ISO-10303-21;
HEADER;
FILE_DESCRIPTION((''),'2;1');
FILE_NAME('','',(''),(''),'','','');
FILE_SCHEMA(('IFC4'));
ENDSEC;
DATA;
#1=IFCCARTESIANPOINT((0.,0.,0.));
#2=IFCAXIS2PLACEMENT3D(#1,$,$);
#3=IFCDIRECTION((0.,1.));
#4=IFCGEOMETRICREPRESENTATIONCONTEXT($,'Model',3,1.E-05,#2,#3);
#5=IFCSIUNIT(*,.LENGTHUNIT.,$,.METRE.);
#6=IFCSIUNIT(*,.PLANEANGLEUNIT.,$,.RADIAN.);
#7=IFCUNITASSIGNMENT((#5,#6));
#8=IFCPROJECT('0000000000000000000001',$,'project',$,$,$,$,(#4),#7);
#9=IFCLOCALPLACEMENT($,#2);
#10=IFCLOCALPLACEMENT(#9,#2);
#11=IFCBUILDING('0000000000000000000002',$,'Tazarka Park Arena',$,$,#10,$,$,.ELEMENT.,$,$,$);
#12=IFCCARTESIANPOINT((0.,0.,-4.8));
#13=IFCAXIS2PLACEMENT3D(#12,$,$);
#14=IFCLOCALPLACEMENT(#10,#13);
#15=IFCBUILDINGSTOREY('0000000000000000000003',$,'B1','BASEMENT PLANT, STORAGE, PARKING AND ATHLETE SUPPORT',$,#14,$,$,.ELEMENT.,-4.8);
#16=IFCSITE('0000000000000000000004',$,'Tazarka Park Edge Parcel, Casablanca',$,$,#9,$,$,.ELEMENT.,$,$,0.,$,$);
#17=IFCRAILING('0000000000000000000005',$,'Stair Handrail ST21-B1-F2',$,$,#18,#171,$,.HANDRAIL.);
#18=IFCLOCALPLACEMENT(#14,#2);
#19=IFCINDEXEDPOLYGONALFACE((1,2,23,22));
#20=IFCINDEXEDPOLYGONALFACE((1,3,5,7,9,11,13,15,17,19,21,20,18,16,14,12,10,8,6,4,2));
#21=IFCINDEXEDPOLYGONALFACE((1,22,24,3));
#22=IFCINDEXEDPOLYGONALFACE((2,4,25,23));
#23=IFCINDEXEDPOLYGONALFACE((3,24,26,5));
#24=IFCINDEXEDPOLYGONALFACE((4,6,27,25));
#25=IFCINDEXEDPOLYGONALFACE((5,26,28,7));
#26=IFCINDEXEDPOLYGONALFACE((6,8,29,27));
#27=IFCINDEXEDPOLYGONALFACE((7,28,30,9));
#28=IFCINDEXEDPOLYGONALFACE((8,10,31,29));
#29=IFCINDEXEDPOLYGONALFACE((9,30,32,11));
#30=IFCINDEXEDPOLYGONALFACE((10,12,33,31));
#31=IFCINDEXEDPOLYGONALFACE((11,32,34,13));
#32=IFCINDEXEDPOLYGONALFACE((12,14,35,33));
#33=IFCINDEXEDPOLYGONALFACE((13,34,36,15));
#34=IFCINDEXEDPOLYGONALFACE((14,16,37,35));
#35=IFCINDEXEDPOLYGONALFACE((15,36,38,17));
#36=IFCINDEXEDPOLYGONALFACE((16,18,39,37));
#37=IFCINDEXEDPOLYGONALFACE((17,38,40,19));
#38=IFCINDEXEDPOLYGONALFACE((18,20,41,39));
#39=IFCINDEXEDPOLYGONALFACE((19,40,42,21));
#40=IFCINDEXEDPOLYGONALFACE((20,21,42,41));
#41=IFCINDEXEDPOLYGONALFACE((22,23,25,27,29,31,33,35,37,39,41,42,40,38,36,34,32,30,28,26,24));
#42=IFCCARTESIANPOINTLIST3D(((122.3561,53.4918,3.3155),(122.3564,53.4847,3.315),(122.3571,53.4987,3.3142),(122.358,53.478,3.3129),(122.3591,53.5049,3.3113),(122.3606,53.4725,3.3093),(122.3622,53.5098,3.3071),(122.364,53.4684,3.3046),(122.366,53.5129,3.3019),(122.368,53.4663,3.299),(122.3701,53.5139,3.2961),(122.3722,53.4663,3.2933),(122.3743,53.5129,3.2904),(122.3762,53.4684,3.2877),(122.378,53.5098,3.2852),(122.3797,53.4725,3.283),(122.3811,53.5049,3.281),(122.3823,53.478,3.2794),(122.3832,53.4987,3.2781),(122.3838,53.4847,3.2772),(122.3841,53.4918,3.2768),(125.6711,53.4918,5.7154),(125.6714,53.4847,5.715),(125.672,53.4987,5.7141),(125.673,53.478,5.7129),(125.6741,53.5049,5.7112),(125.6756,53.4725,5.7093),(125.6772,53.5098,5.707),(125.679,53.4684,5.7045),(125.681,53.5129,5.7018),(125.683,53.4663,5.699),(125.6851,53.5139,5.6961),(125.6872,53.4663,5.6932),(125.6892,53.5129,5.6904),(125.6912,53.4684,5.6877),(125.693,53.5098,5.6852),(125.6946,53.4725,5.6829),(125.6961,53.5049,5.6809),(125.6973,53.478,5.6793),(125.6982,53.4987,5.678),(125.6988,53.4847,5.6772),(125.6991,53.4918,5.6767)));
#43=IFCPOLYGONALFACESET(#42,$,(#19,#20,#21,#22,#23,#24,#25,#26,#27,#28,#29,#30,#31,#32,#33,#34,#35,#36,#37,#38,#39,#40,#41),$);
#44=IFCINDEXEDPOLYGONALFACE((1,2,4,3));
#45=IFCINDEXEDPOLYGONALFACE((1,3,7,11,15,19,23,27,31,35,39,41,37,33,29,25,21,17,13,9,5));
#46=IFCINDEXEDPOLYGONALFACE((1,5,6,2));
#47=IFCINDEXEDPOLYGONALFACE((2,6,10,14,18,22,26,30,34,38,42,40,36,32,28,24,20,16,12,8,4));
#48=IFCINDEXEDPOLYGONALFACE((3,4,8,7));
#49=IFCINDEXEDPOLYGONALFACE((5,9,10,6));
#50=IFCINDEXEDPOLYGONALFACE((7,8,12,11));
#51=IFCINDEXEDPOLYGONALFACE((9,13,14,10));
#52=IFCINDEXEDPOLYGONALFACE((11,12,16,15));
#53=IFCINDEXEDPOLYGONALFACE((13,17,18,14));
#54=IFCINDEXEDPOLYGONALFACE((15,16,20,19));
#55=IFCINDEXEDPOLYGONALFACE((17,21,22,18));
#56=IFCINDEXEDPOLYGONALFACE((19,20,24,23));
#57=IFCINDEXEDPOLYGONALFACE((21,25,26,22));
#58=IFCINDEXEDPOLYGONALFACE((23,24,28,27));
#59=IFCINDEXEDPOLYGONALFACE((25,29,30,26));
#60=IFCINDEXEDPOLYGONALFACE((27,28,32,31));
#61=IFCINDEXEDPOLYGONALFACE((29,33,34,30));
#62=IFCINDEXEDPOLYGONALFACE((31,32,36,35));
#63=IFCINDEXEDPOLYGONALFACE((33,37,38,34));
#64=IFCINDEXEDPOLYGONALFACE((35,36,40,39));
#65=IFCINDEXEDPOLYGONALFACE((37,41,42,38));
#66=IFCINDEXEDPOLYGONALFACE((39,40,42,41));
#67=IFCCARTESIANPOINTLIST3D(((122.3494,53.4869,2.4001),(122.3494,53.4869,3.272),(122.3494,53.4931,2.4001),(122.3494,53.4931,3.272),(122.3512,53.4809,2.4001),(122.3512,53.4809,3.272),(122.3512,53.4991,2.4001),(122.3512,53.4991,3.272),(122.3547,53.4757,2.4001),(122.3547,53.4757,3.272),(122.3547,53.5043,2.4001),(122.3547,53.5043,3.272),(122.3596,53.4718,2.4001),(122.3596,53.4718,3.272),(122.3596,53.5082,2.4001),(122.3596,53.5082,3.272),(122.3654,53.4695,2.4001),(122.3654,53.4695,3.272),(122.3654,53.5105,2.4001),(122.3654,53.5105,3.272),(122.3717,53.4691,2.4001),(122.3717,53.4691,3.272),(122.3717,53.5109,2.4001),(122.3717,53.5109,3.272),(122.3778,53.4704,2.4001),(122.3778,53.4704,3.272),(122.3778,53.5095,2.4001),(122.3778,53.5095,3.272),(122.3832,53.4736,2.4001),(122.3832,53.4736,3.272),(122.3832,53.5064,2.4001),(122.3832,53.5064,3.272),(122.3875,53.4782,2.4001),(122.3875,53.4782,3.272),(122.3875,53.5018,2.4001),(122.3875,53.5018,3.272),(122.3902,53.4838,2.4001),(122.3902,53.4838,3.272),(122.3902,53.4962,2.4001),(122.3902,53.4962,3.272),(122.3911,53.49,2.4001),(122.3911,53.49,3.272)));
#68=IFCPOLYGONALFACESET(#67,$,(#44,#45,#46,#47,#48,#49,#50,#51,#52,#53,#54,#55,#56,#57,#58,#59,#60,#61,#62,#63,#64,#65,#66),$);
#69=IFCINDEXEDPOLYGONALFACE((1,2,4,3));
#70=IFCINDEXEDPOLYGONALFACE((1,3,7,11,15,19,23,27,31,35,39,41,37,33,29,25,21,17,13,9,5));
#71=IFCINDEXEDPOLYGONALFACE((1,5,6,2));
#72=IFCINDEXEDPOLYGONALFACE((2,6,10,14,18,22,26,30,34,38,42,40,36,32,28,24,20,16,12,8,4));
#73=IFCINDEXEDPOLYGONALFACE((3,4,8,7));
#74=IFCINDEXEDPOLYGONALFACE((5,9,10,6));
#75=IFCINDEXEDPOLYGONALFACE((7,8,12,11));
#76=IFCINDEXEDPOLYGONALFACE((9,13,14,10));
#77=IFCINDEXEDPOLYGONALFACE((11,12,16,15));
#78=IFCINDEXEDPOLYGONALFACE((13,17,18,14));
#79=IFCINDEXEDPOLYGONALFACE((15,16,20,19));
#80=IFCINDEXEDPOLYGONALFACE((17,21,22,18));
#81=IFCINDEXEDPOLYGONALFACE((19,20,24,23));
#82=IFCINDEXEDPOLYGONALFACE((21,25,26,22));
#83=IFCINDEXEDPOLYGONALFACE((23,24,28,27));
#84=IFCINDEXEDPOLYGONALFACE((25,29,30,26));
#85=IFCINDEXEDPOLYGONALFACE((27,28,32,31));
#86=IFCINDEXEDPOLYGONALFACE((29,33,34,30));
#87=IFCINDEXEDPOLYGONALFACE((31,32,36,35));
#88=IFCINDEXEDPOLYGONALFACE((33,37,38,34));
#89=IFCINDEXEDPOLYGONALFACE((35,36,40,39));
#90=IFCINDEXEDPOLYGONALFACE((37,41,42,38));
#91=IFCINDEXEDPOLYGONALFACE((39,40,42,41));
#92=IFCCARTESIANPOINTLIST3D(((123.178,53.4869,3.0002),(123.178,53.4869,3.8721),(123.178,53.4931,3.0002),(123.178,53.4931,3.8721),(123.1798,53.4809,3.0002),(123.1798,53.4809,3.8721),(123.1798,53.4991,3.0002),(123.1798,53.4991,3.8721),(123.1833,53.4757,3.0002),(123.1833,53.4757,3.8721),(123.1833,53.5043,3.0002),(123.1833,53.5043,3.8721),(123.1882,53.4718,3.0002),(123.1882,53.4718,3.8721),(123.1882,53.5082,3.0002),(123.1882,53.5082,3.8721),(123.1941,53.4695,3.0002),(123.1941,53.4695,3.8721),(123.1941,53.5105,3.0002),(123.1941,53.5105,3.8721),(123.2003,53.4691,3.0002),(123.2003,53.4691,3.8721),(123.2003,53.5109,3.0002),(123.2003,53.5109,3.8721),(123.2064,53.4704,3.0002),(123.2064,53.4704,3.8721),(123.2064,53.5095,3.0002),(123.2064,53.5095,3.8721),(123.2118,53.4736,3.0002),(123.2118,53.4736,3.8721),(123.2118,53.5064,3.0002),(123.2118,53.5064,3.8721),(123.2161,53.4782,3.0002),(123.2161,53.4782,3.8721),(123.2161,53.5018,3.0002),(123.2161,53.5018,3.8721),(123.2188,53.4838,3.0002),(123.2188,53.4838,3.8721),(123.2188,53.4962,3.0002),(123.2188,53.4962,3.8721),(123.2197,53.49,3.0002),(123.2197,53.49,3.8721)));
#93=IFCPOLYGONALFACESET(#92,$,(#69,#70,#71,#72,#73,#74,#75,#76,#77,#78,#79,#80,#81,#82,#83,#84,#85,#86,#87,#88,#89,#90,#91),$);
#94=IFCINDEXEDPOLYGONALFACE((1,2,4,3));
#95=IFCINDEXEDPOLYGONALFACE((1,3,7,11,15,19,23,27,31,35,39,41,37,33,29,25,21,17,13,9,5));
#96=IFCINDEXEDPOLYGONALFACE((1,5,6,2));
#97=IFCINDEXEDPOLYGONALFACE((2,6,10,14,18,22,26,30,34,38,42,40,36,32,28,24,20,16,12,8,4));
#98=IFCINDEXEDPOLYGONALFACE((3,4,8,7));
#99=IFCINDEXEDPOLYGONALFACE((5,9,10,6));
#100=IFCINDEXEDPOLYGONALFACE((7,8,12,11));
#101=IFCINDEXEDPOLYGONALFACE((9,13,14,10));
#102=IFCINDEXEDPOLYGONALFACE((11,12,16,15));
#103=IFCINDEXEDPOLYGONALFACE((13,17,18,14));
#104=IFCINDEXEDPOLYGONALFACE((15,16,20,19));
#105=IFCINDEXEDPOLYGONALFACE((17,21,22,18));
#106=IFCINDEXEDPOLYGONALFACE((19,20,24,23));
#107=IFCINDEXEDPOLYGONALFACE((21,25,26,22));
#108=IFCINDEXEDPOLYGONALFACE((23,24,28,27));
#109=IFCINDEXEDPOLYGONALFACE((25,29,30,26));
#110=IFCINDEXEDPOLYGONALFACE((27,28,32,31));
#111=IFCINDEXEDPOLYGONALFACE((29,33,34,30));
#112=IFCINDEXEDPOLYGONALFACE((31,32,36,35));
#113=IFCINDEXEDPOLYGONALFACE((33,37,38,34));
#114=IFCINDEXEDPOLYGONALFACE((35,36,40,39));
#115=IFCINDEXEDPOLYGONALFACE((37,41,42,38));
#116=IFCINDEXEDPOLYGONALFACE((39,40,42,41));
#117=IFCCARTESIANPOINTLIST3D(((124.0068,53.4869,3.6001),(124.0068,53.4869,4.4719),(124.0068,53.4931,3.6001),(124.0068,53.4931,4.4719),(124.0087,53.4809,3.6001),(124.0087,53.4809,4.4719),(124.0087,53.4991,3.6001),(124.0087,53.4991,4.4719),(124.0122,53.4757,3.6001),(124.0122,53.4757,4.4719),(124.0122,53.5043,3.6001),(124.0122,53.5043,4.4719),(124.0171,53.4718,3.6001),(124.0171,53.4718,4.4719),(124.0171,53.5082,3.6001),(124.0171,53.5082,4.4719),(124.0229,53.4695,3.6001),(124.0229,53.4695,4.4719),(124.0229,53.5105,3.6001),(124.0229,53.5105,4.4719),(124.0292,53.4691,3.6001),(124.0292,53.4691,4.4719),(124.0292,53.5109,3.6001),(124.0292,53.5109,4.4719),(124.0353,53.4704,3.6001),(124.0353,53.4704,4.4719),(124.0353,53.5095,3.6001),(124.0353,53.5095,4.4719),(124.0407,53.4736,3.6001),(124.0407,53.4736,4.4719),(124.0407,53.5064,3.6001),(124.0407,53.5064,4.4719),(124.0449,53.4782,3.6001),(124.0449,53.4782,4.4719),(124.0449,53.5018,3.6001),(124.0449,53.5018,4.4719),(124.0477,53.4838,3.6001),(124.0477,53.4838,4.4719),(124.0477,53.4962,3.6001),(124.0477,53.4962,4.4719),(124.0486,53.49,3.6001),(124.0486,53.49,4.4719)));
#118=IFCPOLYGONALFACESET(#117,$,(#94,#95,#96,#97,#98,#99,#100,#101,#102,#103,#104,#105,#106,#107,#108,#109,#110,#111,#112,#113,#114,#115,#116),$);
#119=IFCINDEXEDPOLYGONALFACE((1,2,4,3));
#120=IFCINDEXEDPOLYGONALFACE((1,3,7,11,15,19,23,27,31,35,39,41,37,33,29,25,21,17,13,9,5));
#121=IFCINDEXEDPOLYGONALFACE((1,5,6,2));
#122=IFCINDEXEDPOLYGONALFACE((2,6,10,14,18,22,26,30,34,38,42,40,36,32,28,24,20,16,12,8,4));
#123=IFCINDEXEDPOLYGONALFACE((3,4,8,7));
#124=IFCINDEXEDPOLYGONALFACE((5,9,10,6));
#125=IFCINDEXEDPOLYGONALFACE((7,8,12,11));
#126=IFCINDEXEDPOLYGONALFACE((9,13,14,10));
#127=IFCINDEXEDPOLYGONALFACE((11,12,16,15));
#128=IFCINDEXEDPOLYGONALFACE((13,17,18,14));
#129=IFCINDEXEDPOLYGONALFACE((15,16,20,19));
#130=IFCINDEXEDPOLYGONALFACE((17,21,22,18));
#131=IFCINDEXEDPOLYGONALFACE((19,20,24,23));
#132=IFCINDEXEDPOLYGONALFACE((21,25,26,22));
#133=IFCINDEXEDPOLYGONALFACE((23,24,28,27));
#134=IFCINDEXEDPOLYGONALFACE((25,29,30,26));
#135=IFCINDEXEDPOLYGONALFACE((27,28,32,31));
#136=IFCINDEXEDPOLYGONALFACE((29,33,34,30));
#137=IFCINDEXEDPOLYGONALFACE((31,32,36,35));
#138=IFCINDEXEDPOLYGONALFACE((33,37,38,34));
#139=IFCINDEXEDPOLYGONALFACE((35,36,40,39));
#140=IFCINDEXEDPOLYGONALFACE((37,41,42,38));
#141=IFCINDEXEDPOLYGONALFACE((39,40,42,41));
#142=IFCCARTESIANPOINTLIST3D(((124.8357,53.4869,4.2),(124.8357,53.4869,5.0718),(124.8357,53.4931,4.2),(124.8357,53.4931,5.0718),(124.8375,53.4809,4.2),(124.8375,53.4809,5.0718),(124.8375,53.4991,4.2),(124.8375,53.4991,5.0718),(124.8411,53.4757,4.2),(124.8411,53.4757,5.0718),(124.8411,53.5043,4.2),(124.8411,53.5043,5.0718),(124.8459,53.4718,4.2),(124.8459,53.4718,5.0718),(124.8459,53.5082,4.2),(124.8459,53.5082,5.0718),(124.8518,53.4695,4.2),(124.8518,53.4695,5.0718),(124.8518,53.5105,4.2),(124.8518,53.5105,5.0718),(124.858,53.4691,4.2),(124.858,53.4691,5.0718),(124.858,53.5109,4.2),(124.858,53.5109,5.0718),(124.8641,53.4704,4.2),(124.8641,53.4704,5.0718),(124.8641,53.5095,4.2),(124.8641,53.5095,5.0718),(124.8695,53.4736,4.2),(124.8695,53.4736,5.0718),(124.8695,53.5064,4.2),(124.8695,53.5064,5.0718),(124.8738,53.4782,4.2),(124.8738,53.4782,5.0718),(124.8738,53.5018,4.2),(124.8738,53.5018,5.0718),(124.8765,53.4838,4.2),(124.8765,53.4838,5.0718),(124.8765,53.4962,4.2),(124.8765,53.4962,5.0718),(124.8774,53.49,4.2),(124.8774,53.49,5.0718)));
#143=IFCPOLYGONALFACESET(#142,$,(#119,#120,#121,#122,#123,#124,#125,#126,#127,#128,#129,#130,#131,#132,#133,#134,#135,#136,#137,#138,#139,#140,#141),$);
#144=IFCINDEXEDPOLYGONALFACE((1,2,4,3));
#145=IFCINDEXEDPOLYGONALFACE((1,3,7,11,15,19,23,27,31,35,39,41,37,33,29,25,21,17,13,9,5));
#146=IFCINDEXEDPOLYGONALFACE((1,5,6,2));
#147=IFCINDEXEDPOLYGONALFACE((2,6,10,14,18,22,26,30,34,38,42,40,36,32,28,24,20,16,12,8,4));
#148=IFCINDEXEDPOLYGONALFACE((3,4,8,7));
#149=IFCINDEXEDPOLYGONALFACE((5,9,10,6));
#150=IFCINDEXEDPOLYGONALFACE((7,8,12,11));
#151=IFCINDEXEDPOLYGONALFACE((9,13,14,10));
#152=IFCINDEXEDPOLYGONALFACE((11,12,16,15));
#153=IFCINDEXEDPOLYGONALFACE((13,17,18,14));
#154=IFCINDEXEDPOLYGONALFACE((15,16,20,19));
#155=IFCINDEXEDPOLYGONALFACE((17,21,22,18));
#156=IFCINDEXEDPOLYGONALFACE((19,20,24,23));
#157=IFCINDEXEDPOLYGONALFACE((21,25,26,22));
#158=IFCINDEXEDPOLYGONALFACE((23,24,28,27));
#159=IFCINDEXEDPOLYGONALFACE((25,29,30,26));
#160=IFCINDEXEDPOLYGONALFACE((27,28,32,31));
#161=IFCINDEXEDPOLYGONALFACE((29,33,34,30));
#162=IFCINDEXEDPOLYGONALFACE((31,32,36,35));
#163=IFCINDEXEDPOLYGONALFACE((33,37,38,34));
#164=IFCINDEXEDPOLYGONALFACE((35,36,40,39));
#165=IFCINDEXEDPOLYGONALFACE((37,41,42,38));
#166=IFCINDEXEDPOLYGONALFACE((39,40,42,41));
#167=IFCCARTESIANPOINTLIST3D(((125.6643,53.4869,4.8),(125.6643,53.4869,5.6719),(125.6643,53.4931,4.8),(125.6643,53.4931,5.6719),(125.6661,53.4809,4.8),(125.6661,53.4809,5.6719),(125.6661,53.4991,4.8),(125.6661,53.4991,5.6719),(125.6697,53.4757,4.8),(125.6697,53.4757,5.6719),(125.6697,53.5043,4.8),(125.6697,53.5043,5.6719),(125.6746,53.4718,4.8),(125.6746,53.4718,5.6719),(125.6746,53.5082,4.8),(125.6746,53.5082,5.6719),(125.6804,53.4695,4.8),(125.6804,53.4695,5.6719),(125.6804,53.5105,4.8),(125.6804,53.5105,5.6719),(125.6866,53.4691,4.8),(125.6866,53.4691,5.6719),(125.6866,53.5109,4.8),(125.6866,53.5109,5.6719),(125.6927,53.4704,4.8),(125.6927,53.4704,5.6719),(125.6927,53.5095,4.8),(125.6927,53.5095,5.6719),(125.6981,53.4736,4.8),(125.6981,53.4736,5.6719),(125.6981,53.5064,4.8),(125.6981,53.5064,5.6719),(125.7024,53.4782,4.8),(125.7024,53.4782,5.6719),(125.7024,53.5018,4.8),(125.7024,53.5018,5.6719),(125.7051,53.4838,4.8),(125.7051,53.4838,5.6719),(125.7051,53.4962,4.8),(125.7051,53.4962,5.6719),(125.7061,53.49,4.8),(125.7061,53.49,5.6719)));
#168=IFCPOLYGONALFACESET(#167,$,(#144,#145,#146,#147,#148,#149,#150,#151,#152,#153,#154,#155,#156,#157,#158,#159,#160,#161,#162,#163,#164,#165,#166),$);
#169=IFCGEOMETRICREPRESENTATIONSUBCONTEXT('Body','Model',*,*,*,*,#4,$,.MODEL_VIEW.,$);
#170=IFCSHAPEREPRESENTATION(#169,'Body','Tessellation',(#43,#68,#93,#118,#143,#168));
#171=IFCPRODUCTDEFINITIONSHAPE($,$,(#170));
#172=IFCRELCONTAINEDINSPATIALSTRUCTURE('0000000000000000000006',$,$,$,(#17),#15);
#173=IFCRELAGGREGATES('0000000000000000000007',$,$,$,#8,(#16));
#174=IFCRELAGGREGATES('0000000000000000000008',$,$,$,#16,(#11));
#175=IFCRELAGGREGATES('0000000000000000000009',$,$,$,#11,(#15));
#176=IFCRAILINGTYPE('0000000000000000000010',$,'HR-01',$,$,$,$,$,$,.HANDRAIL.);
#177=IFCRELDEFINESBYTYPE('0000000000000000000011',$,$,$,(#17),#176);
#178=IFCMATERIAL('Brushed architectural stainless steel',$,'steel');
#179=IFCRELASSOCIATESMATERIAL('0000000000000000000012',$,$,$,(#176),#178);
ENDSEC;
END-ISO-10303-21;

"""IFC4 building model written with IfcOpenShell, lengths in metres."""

from ifc_helpers import new_model, si_unit, direction, frame, origin, origin_2d, place, context, subcontext, project, spatial, circle, extrude, material, type_object, element, save


model = new_model("IFC4")

# Units and contexts
model_context = context("Model", 3, precision=1e-05, world=origin(), true_north=direction((0.0, 1.0)))
body_context = subcontext(model_context, "Body", "Model", "MODEL_VIEW")
ifc_project = project(units=[si_unit("LENGTHUNIT", "METRE"), si_unit("PLANEANGLEUNIT", "RADIAN")], contexts=[model_context])

# Site, building, storey
site_placement = place(None, origin())
site = spatial("IfcSite", under=ifc_project, at=site_placement, Name="Tazarka Park Edge Parcel, Casablanca", CompositionType="ELEMENT", RefElevation=0.0)
building_placement = place(site_placement, origin())
building = spatial("IfcBuilding", under=site, at=building_placement, Name="Tazarka Park Arena", CompositionType="ELEMENT")
storey_placement = place(building_placement, frame((0.0, 0.0, -4.8)))
storey = spatial("IfcBuildingStorey", under=building, at=storey_placement, Name="B1", Description="BASEMENT PLANT, STORAGE, PARKING AND ATHLETE SUPPORT", CompositionType="ELEMENT", Elevation=-4.8)

# Railing
ifc_material_1 = material(Name="Brushed architectural stainless steel", Category="steel")
railing_type_1 = type_object("IfcRailingType", Name="HR-01", PredefinedType="HANDRAIL", material=ifc_material_1)
railing_1_placement = place(storey_placement, frame((122.3701, 53.49, 2.4001)))
element("IfcRailing", 1, at=railing_1_placement, inside=storey, type_object=railing_type_1, Name="Stair Handrail ST21-B1-F2", PredefinedType="HANDRAIL", context=body_context, shape_type="SweptSolid", body=[
    extrude(circle(Radius=0.0239, at=origin_2d()), frame((0.0, 0.0, 0.896), z_axis=(0.810009, 0.0, 0.586418), x_axis=(0.0, 1.0, 0.0)), (0.0, 0.0, 1.0), 4.0925),
    extrude(circle(Radius=0.021, at=origin_2d()), origin(), (0.0, 0.0, 1.0), 0.8718),
    extrude(circle(Radius=0.021, at=origin_2d()), frame((0.8286, 0.0, 0.6001)), (0.0, 0.0, 1.0), 0.8718),
    extrude(circle(Radius=0.021, at=origin_2d()), frame((1.6575, 0.0, 1.2)), (0.0, 0.0, 1.0), 0.8718),
    extrude(circle(Radius=0.021, at=origin_2d()), frame((2.4863, 0.0, 1.7998)), (0.0, 0.0, 1.0), 0.8718),
    extrude(circle(Radius=0.021, at=origin_2d()), frame((3.3149, 0.0, 2.3999)), (0.0, 0.0, 1.0), 0.8718),
])

save(model, "model.ifc")
